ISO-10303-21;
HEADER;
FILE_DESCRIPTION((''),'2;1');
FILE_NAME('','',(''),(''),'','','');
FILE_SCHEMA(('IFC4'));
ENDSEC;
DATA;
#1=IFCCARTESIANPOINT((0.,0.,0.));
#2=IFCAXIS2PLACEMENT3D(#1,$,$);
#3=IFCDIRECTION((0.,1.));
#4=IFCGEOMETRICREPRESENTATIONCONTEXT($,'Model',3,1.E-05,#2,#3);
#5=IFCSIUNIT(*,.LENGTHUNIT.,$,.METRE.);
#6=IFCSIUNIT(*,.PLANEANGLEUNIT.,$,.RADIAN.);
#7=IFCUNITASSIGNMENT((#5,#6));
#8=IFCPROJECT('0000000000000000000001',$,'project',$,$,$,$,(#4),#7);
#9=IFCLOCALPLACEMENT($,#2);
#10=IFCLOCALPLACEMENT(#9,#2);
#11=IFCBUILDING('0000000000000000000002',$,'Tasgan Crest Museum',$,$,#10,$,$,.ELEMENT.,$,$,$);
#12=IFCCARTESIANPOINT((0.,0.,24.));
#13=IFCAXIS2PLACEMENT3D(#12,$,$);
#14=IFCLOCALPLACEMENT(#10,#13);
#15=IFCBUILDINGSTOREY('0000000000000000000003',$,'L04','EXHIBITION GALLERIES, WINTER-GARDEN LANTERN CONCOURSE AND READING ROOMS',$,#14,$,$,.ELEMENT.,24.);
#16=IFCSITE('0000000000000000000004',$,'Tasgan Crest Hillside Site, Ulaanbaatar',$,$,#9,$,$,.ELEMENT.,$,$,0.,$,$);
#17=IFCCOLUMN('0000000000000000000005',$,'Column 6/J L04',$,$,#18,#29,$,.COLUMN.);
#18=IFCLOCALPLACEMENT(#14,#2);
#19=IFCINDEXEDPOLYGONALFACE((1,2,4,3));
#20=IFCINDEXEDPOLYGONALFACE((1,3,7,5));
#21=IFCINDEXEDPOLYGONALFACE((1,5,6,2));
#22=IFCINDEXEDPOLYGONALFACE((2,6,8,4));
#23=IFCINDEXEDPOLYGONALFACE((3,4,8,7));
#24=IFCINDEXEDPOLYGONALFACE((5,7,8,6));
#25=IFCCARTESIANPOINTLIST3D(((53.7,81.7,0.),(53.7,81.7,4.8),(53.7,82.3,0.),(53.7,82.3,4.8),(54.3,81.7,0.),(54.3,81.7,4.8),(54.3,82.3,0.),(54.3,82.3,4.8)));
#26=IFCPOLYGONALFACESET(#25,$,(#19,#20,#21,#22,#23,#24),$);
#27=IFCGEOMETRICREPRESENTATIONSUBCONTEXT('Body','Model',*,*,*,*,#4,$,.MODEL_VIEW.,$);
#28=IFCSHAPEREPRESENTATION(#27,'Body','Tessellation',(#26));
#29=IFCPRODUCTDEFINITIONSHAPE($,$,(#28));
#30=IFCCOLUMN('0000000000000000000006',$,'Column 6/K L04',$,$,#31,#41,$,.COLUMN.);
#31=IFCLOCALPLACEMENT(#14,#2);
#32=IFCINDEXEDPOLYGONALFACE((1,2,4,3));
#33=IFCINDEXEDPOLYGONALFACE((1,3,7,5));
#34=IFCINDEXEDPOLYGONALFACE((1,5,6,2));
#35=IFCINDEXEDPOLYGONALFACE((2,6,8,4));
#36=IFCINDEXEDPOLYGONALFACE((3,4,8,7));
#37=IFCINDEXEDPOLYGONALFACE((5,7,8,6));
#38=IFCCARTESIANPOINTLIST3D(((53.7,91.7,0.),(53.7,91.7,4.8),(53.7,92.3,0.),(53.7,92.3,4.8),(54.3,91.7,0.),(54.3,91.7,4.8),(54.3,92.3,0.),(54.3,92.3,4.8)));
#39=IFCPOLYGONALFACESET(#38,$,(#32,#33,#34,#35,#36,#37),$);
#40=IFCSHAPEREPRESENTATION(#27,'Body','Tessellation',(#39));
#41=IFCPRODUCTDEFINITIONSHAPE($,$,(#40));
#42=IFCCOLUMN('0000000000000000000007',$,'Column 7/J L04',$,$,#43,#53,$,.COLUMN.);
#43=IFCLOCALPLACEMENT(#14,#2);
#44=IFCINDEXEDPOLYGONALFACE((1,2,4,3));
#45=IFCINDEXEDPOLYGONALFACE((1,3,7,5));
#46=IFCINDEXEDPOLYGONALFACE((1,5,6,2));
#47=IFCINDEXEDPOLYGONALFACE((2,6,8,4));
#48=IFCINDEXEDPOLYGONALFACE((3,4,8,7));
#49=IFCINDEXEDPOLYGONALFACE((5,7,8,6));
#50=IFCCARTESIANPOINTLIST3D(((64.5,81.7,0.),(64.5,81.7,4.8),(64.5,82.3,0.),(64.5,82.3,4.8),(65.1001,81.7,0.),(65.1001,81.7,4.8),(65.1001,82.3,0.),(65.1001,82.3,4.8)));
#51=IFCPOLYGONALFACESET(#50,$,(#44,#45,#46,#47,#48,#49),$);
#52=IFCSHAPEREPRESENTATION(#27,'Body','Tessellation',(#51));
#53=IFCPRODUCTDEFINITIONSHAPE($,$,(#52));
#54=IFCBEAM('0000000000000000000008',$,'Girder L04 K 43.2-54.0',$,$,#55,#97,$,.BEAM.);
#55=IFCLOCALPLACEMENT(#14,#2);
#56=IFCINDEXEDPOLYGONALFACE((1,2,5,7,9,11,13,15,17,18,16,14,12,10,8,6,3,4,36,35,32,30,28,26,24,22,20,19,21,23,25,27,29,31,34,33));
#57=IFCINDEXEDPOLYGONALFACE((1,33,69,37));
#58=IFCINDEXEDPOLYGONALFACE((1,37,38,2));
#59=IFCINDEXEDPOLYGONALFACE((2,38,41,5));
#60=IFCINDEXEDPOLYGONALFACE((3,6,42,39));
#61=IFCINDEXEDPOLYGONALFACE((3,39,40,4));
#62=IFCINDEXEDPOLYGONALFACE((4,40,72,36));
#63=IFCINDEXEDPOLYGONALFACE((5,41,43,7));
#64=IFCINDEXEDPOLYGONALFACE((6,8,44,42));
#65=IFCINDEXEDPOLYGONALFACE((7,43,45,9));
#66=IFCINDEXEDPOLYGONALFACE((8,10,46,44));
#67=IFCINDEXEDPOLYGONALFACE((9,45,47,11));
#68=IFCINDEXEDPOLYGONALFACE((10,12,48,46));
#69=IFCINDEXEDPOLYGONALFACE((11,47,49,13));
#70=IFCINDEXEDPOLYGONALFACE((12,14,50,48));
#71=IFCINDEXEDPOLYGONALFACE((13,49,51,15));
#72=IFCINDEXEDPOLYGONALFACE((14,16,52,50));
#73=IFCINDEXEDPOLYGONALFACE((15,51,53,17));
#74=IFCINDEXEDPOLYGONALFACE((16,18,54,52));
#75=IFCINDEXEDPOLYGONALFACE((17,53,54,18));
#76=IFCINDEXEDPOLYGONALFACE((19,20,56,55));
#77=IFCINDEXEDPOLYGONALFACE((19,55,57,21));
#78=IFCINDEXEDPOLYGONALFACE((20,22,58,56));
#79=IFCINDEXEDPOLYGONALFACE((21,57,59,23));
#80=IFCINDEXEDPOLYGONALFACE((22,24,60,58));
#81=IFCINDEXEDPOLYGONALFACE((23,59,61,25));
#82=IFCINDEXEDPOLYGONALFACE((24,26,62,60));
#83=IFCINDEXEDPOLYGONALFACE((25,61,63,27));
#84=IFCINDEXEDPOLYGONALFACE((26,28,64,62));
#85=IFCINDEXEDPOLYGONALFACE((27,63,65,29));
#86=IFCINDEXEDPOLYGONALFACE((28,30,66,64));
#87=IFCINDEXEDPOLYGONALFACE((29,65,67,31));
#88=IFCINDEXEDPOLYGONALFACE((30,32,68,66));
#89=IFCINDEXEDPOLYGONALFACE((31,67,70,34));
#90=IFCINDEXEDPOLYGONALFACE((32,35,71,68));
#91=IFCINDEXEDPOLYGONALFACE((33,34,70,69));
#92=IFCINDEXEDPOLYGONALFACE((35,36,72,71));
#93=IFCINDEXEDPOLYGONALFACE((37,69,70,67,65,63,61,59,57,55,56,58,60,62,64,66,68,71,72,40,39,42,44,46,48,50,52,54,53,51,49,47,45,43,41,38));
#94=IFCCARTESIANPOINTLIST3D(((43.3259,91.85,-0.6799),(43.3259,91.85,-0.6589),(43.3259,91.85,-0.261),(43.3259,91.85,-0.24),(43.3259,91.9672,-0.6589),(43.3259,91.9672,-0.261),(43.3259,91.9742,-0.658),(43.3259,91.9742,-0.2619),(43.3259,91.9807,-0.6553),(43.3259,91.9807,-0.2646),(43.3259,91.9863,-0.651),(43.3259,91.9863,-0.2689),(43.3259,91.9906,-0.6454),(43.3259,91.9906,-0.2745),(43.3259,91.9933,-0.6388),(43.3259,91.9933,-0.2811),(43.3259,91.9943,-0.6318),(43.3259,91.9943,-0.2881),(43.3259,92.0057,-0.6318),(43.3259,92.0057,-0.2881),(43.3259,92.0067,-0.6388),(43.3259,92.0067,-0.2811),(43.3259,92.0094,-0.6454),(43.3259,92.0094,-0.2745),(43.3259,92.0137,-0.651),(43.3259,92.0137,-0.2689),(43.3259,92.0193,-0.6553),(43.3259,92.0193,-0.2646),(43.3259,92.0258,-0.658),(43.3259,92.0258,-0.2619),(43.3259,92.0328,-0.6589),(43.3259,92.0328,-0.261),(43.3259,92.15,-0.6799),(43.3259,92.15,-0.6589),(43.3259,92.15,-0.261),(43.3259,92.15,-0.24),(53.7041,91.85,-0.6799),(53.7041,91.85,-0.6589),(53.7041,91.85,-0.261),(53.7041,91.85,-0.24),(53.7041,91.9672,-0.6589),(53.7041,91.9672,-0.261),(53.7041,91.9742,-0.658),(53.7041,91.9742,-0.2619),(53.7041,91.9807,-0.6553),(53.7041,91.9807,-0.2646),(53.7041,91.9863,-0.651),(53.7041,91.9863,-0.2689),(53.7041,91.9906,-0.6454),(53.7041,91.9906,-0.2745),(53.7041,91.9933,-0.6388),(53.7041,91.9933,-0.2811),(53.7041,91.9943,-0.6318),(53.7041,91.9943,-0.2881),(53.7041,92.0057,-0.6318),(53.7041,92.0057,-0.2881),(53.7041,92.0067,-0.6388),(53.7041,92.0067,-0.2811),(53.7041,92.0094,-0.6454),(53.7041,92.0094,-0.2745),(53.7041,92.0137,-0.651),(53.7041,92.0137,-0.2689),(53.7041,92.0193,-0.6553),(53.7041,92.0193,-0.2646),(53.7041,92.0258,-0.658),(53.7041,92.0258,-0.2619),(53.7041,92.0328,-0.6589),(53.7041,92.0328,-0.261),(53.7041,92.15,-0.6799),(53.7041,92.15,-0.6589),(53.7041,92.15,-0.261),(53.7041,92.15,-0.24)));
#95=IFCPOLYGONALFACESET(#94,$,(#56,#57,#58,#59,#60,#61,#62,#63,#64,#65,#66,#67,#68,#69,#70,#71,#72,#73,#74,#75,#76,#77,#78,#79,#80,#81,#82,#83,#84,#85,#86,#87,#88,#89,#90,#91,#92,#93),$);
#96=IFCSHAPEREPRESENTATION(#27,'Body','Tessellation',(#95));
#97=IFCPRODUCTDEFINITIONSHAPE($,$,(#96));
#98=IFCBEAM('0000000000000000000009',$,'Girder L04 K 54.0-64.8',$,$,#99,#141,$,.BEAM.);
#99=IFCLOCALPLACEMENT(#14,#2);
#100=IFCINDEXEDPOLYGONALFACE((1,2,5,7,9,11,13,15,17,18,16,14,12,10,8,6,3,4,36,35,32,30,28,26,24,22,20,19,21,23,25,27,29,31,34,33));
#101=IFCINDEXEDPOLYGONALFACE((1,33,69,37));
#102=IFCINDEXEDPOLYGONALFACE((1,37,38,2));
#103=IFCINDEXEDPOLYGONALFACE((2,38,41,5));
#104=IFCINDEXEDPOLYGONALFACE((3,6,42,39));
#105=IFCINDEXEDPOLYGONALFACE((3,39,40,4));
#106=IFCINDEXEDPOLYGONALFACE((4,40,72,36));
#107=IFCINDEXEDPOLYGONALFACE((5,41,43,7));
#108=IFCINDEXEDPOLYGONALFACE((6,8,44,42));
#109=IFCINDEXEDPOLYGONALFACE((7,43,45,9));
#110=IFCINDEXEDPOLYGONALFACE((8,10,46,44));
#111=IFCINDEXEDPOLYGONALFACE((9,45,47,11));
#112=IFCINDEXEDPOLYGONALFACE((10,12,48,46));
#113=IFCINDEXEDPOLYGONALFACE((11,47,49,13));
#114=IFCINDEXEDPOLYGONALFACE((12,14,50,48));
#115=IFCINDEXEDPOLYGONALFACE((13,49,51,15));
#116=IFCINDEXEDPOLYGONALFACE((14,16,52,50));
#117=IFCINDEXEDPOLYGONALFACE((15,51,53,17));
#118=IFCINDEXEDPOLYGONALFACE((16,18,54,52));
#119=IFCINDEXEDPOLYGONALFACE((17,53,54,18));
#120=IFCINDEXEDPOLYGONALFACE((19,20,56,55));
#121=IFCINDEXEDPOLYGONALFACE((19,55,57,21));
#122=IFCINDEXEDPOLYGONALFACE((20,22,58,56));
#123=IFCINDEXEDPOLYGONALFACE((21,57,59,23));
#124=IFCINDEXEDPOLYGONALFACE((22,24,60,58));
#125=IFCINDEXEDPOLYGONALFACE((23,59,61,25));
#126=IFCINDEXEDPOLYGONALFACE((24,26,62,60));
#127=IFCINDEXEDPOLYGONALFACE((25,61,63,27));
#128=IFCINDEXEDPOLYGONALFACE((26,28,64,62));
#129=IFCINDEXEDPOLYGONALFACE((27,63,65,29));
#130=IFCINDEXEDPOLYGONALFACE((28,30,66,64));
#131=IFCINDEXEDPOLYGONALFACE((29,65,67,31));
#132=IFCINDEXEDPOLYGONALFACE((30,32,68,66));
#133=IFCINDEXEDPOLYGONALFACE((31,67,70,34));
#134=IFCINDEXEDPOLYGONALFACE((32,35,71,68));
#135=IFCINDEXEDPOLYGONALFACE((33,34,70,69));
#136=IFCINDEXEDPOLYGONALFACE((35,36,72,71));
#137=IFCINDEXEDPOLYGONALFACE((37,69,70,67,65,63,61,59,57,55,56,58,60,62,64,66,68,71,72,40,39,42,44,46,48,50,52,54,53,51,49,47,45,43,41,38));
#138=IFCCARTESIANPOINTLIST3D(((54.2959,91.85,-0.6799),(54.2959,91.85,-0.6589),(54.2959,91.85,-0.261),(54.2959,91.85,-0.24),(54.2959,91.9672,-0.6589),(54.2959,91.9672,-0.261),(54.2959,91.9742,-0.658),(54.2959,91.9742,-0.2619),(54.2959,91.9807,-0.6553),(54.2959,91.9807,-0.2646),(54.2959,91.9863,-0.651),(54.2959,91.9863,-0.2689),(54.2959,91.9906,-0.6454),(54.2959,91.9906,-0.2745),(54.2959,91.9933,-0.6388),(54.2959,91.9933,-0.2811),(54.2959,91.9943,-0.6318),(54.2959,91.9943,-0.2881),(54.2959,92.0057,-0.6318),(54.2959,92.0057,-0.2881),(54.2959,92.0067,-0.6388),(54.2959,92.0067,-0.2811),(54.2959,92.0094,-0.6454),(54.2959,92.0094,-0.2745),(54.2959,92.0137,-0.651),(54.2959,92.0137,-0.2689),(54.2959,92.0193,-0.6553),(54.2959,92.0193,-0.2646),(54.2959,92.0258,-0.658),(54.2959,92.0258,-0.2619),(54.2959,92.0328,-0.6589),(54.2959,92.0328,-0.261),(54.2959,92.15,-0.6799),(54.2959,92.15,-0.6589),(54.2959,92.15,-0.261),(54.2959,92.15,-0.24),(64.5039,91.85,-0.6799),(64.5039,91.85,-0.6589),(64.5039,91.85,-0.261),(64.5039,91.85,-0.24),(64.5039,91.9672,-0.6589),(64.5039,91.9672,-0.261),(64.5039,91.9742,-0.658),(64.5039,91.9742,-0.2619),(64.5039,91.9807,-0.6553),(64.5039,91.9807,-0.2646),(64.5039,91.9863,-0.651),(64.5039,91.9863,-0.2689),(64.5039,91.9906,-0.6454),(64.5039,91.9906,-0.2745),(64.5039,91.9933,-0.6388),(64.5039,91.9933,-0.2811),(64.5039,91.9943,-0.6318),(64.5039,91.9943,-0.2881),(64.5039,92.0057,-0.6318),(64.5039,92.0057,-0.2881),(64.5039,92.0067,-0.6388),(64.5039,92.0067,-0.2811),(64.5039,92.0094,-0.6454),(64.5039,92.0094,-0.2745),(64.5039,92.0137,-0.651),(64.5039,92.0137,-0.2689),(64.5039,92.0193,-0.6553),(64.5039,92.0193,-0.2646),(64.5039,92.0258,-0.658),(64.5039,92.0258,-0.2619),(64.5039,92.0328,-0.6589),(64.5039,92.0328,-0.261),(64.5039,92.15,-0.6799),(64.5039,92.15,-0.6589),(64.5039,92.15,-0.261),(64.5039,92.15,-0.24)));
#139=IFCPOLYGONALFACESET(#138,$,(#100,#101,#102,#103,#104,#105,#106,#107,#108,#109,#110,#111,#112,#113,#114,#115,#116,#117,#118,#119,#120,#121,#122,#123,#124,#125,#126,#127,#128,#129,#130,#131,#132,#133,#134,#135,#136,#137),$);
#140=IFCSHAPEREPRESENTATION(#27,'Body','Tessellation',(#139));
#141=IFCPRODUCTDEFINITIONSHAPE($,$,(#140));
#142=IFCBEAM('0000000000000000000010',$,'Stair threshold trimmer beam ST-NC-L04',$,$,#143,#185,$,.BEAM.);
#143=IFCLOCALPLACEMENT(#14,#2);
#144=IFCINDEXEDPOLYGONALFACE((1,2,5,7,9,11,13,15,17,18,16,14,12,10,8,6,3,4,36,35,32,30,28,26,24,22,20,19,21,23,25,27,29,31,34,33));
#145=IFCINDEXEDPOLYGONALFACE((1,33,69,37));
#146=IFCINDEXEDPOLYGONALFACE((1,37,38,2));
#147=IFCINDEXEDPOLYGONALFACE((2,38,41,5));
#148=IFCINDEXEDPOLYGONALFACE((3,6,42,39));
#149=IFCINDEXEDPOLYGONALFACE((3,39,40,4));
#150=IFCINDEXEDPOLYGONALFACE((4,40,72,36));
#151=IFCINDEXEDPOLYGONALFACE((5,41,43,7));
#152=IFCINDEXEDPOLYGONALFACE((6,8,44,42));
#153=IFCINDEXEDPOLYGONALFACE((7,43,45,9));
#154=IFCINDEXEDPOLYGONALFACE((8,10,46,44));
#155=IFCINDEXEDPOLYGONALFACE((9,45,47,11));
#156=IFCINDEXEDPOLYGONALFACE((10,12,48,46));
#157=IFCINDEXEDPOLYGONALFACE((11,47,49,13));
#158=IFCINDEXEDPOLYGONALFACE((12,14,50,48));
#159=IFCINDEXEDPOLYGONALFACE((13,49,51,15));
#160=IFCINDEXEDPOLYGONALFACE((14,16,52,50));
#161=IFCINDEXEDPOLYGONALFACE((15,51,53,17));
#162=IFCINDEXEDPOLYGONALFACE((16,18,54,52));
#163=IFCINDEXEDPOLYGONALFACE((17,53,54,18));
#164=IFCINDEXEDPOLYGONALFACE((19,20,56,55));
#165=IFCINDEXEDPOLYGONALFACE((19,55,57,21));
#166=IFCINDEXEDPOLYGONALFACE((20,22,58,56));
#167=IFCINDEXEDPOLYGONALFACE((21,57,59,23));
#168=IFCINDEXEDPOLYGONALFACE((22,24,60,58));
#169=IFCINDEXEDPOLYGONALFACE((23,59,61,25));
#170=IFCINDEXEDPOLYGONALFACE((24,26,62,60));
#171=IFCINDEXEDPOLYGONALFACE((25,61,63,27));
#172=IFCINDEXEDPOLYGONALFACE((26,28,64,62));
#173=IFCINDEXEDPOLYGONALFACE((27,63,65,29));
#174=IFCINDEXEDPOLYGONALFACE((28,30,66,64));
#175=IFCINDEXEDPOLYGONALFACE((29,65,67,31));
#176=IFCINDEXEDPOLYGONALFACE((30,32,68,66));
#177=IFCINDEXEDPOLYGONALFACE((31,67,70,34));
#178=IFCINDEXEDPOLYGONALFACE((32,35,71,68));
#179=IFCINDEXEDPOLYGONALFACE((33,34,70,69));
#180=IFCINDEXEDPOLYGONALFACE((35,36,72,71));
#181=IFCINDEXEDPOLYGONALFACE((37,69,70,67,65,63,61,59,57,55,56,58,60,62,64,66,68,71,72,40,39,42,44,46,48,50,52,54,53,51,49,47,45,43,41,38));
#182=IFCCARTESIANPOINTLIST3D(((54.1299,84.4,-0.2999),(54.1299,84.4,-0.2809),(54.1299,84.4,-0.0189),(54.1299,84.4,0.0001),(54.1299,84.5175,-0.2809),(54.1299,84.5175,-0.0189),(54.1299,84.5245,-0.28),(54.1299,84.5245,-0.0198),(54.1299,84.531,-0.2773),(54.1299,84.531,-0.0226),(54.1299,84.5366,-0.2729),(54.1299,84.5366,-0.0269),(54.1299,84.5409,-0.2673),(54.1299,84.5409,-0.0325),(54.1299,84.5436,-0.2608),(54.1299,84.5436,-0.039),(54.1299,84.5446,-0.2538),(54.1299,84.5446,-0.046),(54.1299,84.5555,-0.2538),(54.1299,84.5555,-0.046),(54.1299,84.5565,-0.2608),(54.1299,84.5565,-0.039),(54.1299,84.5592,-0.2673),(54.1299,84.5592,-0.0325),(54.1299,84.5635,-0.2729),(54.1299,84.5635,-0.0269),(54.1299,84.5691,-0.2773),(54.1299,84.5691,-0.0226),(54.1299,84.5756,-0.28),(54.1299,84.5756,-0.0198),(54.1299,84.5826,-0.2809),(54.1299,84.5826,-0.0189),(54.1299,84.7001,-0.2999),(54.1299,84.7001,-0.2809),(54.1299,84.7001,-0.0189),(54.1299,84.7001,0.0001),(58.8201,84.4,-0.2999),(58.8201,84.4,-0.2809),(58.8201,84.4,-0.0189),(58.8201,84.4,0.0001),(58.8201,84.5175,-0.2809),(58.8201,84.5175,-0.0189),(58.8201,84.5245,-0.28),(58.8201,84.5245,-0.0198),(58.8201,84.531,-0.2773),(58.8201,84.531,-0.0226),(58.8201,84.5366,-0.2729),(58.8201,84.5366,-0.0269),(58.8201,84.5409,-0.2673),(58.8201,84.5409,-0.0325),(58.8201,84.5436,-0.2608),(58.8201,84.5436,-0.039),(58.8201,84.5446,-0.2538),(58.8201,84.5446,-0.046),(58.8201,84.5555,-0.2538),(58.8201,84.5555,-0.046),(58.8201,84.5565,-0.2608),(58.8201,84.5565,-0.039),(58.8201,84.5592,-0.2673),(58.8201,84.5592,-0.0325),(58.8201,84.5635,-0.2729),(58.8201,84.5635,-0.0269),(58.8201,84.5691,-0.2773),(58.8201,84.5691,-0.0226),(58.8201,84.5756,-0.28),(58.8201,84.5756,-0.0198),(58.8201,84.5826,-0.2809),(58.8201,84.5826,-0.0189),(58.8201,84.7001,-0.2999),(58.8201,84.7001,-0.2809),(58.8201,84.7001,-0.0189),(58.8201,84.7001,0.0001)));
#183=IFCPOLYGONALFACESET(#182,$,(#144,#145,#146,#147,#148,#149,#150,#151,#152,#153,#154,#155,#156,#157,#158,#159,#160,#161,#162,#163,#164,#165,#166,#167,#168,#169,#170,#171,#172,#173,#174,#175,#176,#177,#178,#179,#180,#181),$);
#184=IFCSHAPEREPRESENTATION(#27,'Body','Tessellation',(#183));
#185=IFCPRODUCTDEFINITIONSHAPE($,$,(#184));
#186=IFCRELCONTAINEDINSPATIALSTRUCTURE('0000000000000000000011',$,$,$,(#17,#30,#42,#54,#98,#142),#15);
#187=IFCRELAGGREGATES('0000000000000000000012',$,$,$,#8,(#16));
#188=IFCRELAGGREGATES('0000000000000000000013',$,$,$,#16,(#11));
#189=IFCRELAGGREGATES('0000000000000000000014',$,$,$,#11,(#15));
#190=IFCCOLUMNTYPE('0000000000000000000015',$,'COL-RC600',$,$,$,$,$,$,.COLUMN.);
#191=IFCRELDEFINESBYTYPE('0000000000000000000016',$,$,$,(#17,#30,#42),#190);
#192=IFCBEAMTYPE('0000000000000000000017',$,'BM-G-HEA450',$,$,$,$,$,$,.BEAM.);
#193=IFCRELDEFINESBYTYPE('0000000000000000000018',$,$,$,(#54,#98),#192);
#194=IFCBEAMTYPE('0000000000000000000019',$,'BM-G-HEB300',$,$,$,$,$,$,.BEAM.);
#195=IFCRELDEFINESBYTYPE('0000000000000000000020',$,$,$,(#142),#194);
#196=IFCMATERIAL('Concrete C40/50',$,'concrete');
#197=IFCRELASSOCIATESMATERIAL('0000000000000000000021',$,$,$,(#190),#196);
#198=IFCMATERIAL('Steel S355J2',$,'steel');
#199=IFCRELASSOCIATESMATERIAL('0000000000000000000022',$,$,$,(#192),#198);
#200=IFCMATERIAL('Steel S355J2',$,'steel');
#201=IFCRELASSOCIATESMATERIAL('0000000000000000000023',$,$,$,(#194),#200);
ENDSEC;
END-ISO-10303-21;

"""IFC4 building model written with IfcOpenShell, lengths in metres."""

from ifc_helpers import new_model, si_unit, direction, frame, origin, origin_2d, place, context, subcontext, project, spatial, rectangle, i_section, extrude, material, material_profile, profile_set, type_object, element, save


model = new_model("IFC4")

# Units and contexts
model_context = context("Model", 3, precision=1e-05, world=origin(), true_north=direction((0.0, 1.0)))
body_context = subcontext(model_context, "Body", "Model", "MODEL_VIEW")
ifc_project = project(units=[si_unit("LENGTHUNIT", "METRE"), si_unit("PLANEANGLEUNIT", "RADIAN")], contexts=[model_context])

# Site, building, storey
site_placement = place(None, origin())
site = spatial("IfcSite", under=ifc_project, at=site_placement, Name="Tasgan Crest Hillside Site, Ulaanbaatar", CompositionType="ELEMENT", RefElevation=0.0)
building_placement = place(site_placement, origin())
building = spatial("IfcBuilding", under=site, at=building_placement, Name="Tasgan Crest Museum", CompositionType="ELEMENT")
storey_placement = place(building_placement, frame((0.0, 0.0, 24.0)))
storey = spatial("IfcBuildingStorey", under=building, at=storey_placement, Name="L04", Description="EXHIBITION GALLERIES, WINTER-GARDEN LANTERN CONCOURSE AND READING ROOMS", CompositionType="ELEMENT", Elevation=24.0)

# Columns
ifc_material_1 = material(Name="Concrete C40/50", Category="concrete")
ifc_material_profile_1 = material_profile(ifc_material_1, rectangle(XDim=0.6001, YDim=0.6001, at=origin_2d()), Name="RC 600x600")
ifc_profile_set_1 = profile_set([ifc_material_profile_1], Name="Concrete C40/50")
column_type = type_object("IfcColumnType", Name="COL-RC600", PredefinedType="COLUMN", material=ifc_profile_set_1)
for number, where, z_axis, x_axis, name in (
    (1, (54.0, 82.0, 0.0), (0.0, 0.0, 1.0), (1.0, 0.0, 0.0), "Column 6/J L04"),
    (2, (54.0, 92.0, 0.0), (0.0, 0.0, 1.0), (1.0, 0.0, 0.0), "Column 6/K L04"),
    (3, (64.8, 82.0, 0.0), (0.0, 0.0, 1.0), (1.0, 0.0, 0.0), "Column 7/J L04"),
):
    element("IfcColumn", number, at=place(storey_placement, frame(where, z_axis=z_axis, x_axis=x_axis)), inside=storey, type_object=column_type, Name=name, PredefinedType="COLUMN", context=body_context, shape_type="SweptSolid", body=[
        extrude(rectangle(XDim=0.6001, YDim=0.6001, at=origin_2d()), origin(), (0.0, 0.0, 1.0), 4.8),
    ])

# Beams
ifc_material_2 = material(Name="Steel S355J2", Category="steel")
ifc_material_profile_2 = material_profile(ifc_material_2, i_section(OverallWidth=0.3, OverallDepth=0.4399, WebThickness=0.0115, FlangeThickness=0.021, FilletRadius=0.0271, at=origin_2d()), Name="HEA 450")
ifc_profile_set_2 = profile_set([ifc_material_profile_2], Name="Steel S355J2")
beam_type_1 = type_object("IfcBeamType", Name="BM-G-HEA450", PredefinedType="BEAM", material=ifc_profile_set_2)
beam_1_placement = place(storey_placement, frame((43.3259, 92.0, -0.46), z_axis=(1.0, 0.0, 0.0), x_axis=(0.0, 1.0, 0.0)))
element("IfcBeam", 4, at=beam_1_placement, inside=storey, type_object=beam_type_1, Name="Girder L04 K 43.2-54.0", PredefinedType="BEAM", context=body_context, shape_type="SweptSolid", body=[
    extrude(i_section(OverallWidth=0.3, OverallDepth=0.4399, WebThickness=0.0115, FlangeThickness=0.021, FilletRadius=0.0271, at=origin_2d()), origin(), (0.0, 0.0, 1.0), 10.3782),
])
beam_2_placement = place(storey_placement, frame((54.2959, 92.0, -0.46), z_axis=(1.0, 0.0, 0.0), x_axis=(0.0, 1.0, 0.0)))
element("IfcBeam", 5, at=beam_2_placement, inside=storey, type_object=beam_type_1, Name="Girder L04 K 54.0-64.8", PredefinedType="BEAM", context=body_context, shape_type="SweptSolid", body=[
    extrude(i_section(OverallWidth=0.3, OverallDepth=0.4399, WebThickness=0.0115, FlangeThickness=0.021, FilletRadius=0.0271, at=origin_2d()), origin(), (0.0, 0.0, 1.0), 10.208),
])
ifc_material_3 = material(Name="Steel S355J2", Category="steel")
ifc_material_profile_3 = material_profile(ifc_material_3, i_section(OverallWidth=0.3, OverallDepth=0.3, WebThickness=0.011, FlangeThickness=0.019, FilletRadius=0.0271, at=origin_2d()), Name="HEB 300")
ifc_profile_set_3 = profile_set([ifc_material_profile_3], Name="Steel S355J2")
beam_type_2 = type_object("IfcBeamType", Name="BM-G-HEB300", PredefinedType="BEAM", material=ifc_profile_set_3)
beam_3_placement = place(storey_placement, frame((54.1299, 84.55, -0.1499), z_axis=(1.0, 0.0, 0.0), x_axis=(0.0, 1.0, 0.0)))
element("IfcBeam", 6, at=beam_3_placement, inside=storey, type_object=beam_type_2, Name="Stair threshold trimmer beam ST-NC-L04", PredefinedType="BEAM", context=body_context, shape_type="SweptSolid", body=[
    extrude(i_section(OverallWidth=0.3, OverallDepth=0.3, WebThickness=0.011, FlangeThickness=0.019, FilletRadius=0.0271, at=origin_2d()), origin(), (0.0, 0.0, 1.0), 4.6902),
])

save(model, "model.ifc")
